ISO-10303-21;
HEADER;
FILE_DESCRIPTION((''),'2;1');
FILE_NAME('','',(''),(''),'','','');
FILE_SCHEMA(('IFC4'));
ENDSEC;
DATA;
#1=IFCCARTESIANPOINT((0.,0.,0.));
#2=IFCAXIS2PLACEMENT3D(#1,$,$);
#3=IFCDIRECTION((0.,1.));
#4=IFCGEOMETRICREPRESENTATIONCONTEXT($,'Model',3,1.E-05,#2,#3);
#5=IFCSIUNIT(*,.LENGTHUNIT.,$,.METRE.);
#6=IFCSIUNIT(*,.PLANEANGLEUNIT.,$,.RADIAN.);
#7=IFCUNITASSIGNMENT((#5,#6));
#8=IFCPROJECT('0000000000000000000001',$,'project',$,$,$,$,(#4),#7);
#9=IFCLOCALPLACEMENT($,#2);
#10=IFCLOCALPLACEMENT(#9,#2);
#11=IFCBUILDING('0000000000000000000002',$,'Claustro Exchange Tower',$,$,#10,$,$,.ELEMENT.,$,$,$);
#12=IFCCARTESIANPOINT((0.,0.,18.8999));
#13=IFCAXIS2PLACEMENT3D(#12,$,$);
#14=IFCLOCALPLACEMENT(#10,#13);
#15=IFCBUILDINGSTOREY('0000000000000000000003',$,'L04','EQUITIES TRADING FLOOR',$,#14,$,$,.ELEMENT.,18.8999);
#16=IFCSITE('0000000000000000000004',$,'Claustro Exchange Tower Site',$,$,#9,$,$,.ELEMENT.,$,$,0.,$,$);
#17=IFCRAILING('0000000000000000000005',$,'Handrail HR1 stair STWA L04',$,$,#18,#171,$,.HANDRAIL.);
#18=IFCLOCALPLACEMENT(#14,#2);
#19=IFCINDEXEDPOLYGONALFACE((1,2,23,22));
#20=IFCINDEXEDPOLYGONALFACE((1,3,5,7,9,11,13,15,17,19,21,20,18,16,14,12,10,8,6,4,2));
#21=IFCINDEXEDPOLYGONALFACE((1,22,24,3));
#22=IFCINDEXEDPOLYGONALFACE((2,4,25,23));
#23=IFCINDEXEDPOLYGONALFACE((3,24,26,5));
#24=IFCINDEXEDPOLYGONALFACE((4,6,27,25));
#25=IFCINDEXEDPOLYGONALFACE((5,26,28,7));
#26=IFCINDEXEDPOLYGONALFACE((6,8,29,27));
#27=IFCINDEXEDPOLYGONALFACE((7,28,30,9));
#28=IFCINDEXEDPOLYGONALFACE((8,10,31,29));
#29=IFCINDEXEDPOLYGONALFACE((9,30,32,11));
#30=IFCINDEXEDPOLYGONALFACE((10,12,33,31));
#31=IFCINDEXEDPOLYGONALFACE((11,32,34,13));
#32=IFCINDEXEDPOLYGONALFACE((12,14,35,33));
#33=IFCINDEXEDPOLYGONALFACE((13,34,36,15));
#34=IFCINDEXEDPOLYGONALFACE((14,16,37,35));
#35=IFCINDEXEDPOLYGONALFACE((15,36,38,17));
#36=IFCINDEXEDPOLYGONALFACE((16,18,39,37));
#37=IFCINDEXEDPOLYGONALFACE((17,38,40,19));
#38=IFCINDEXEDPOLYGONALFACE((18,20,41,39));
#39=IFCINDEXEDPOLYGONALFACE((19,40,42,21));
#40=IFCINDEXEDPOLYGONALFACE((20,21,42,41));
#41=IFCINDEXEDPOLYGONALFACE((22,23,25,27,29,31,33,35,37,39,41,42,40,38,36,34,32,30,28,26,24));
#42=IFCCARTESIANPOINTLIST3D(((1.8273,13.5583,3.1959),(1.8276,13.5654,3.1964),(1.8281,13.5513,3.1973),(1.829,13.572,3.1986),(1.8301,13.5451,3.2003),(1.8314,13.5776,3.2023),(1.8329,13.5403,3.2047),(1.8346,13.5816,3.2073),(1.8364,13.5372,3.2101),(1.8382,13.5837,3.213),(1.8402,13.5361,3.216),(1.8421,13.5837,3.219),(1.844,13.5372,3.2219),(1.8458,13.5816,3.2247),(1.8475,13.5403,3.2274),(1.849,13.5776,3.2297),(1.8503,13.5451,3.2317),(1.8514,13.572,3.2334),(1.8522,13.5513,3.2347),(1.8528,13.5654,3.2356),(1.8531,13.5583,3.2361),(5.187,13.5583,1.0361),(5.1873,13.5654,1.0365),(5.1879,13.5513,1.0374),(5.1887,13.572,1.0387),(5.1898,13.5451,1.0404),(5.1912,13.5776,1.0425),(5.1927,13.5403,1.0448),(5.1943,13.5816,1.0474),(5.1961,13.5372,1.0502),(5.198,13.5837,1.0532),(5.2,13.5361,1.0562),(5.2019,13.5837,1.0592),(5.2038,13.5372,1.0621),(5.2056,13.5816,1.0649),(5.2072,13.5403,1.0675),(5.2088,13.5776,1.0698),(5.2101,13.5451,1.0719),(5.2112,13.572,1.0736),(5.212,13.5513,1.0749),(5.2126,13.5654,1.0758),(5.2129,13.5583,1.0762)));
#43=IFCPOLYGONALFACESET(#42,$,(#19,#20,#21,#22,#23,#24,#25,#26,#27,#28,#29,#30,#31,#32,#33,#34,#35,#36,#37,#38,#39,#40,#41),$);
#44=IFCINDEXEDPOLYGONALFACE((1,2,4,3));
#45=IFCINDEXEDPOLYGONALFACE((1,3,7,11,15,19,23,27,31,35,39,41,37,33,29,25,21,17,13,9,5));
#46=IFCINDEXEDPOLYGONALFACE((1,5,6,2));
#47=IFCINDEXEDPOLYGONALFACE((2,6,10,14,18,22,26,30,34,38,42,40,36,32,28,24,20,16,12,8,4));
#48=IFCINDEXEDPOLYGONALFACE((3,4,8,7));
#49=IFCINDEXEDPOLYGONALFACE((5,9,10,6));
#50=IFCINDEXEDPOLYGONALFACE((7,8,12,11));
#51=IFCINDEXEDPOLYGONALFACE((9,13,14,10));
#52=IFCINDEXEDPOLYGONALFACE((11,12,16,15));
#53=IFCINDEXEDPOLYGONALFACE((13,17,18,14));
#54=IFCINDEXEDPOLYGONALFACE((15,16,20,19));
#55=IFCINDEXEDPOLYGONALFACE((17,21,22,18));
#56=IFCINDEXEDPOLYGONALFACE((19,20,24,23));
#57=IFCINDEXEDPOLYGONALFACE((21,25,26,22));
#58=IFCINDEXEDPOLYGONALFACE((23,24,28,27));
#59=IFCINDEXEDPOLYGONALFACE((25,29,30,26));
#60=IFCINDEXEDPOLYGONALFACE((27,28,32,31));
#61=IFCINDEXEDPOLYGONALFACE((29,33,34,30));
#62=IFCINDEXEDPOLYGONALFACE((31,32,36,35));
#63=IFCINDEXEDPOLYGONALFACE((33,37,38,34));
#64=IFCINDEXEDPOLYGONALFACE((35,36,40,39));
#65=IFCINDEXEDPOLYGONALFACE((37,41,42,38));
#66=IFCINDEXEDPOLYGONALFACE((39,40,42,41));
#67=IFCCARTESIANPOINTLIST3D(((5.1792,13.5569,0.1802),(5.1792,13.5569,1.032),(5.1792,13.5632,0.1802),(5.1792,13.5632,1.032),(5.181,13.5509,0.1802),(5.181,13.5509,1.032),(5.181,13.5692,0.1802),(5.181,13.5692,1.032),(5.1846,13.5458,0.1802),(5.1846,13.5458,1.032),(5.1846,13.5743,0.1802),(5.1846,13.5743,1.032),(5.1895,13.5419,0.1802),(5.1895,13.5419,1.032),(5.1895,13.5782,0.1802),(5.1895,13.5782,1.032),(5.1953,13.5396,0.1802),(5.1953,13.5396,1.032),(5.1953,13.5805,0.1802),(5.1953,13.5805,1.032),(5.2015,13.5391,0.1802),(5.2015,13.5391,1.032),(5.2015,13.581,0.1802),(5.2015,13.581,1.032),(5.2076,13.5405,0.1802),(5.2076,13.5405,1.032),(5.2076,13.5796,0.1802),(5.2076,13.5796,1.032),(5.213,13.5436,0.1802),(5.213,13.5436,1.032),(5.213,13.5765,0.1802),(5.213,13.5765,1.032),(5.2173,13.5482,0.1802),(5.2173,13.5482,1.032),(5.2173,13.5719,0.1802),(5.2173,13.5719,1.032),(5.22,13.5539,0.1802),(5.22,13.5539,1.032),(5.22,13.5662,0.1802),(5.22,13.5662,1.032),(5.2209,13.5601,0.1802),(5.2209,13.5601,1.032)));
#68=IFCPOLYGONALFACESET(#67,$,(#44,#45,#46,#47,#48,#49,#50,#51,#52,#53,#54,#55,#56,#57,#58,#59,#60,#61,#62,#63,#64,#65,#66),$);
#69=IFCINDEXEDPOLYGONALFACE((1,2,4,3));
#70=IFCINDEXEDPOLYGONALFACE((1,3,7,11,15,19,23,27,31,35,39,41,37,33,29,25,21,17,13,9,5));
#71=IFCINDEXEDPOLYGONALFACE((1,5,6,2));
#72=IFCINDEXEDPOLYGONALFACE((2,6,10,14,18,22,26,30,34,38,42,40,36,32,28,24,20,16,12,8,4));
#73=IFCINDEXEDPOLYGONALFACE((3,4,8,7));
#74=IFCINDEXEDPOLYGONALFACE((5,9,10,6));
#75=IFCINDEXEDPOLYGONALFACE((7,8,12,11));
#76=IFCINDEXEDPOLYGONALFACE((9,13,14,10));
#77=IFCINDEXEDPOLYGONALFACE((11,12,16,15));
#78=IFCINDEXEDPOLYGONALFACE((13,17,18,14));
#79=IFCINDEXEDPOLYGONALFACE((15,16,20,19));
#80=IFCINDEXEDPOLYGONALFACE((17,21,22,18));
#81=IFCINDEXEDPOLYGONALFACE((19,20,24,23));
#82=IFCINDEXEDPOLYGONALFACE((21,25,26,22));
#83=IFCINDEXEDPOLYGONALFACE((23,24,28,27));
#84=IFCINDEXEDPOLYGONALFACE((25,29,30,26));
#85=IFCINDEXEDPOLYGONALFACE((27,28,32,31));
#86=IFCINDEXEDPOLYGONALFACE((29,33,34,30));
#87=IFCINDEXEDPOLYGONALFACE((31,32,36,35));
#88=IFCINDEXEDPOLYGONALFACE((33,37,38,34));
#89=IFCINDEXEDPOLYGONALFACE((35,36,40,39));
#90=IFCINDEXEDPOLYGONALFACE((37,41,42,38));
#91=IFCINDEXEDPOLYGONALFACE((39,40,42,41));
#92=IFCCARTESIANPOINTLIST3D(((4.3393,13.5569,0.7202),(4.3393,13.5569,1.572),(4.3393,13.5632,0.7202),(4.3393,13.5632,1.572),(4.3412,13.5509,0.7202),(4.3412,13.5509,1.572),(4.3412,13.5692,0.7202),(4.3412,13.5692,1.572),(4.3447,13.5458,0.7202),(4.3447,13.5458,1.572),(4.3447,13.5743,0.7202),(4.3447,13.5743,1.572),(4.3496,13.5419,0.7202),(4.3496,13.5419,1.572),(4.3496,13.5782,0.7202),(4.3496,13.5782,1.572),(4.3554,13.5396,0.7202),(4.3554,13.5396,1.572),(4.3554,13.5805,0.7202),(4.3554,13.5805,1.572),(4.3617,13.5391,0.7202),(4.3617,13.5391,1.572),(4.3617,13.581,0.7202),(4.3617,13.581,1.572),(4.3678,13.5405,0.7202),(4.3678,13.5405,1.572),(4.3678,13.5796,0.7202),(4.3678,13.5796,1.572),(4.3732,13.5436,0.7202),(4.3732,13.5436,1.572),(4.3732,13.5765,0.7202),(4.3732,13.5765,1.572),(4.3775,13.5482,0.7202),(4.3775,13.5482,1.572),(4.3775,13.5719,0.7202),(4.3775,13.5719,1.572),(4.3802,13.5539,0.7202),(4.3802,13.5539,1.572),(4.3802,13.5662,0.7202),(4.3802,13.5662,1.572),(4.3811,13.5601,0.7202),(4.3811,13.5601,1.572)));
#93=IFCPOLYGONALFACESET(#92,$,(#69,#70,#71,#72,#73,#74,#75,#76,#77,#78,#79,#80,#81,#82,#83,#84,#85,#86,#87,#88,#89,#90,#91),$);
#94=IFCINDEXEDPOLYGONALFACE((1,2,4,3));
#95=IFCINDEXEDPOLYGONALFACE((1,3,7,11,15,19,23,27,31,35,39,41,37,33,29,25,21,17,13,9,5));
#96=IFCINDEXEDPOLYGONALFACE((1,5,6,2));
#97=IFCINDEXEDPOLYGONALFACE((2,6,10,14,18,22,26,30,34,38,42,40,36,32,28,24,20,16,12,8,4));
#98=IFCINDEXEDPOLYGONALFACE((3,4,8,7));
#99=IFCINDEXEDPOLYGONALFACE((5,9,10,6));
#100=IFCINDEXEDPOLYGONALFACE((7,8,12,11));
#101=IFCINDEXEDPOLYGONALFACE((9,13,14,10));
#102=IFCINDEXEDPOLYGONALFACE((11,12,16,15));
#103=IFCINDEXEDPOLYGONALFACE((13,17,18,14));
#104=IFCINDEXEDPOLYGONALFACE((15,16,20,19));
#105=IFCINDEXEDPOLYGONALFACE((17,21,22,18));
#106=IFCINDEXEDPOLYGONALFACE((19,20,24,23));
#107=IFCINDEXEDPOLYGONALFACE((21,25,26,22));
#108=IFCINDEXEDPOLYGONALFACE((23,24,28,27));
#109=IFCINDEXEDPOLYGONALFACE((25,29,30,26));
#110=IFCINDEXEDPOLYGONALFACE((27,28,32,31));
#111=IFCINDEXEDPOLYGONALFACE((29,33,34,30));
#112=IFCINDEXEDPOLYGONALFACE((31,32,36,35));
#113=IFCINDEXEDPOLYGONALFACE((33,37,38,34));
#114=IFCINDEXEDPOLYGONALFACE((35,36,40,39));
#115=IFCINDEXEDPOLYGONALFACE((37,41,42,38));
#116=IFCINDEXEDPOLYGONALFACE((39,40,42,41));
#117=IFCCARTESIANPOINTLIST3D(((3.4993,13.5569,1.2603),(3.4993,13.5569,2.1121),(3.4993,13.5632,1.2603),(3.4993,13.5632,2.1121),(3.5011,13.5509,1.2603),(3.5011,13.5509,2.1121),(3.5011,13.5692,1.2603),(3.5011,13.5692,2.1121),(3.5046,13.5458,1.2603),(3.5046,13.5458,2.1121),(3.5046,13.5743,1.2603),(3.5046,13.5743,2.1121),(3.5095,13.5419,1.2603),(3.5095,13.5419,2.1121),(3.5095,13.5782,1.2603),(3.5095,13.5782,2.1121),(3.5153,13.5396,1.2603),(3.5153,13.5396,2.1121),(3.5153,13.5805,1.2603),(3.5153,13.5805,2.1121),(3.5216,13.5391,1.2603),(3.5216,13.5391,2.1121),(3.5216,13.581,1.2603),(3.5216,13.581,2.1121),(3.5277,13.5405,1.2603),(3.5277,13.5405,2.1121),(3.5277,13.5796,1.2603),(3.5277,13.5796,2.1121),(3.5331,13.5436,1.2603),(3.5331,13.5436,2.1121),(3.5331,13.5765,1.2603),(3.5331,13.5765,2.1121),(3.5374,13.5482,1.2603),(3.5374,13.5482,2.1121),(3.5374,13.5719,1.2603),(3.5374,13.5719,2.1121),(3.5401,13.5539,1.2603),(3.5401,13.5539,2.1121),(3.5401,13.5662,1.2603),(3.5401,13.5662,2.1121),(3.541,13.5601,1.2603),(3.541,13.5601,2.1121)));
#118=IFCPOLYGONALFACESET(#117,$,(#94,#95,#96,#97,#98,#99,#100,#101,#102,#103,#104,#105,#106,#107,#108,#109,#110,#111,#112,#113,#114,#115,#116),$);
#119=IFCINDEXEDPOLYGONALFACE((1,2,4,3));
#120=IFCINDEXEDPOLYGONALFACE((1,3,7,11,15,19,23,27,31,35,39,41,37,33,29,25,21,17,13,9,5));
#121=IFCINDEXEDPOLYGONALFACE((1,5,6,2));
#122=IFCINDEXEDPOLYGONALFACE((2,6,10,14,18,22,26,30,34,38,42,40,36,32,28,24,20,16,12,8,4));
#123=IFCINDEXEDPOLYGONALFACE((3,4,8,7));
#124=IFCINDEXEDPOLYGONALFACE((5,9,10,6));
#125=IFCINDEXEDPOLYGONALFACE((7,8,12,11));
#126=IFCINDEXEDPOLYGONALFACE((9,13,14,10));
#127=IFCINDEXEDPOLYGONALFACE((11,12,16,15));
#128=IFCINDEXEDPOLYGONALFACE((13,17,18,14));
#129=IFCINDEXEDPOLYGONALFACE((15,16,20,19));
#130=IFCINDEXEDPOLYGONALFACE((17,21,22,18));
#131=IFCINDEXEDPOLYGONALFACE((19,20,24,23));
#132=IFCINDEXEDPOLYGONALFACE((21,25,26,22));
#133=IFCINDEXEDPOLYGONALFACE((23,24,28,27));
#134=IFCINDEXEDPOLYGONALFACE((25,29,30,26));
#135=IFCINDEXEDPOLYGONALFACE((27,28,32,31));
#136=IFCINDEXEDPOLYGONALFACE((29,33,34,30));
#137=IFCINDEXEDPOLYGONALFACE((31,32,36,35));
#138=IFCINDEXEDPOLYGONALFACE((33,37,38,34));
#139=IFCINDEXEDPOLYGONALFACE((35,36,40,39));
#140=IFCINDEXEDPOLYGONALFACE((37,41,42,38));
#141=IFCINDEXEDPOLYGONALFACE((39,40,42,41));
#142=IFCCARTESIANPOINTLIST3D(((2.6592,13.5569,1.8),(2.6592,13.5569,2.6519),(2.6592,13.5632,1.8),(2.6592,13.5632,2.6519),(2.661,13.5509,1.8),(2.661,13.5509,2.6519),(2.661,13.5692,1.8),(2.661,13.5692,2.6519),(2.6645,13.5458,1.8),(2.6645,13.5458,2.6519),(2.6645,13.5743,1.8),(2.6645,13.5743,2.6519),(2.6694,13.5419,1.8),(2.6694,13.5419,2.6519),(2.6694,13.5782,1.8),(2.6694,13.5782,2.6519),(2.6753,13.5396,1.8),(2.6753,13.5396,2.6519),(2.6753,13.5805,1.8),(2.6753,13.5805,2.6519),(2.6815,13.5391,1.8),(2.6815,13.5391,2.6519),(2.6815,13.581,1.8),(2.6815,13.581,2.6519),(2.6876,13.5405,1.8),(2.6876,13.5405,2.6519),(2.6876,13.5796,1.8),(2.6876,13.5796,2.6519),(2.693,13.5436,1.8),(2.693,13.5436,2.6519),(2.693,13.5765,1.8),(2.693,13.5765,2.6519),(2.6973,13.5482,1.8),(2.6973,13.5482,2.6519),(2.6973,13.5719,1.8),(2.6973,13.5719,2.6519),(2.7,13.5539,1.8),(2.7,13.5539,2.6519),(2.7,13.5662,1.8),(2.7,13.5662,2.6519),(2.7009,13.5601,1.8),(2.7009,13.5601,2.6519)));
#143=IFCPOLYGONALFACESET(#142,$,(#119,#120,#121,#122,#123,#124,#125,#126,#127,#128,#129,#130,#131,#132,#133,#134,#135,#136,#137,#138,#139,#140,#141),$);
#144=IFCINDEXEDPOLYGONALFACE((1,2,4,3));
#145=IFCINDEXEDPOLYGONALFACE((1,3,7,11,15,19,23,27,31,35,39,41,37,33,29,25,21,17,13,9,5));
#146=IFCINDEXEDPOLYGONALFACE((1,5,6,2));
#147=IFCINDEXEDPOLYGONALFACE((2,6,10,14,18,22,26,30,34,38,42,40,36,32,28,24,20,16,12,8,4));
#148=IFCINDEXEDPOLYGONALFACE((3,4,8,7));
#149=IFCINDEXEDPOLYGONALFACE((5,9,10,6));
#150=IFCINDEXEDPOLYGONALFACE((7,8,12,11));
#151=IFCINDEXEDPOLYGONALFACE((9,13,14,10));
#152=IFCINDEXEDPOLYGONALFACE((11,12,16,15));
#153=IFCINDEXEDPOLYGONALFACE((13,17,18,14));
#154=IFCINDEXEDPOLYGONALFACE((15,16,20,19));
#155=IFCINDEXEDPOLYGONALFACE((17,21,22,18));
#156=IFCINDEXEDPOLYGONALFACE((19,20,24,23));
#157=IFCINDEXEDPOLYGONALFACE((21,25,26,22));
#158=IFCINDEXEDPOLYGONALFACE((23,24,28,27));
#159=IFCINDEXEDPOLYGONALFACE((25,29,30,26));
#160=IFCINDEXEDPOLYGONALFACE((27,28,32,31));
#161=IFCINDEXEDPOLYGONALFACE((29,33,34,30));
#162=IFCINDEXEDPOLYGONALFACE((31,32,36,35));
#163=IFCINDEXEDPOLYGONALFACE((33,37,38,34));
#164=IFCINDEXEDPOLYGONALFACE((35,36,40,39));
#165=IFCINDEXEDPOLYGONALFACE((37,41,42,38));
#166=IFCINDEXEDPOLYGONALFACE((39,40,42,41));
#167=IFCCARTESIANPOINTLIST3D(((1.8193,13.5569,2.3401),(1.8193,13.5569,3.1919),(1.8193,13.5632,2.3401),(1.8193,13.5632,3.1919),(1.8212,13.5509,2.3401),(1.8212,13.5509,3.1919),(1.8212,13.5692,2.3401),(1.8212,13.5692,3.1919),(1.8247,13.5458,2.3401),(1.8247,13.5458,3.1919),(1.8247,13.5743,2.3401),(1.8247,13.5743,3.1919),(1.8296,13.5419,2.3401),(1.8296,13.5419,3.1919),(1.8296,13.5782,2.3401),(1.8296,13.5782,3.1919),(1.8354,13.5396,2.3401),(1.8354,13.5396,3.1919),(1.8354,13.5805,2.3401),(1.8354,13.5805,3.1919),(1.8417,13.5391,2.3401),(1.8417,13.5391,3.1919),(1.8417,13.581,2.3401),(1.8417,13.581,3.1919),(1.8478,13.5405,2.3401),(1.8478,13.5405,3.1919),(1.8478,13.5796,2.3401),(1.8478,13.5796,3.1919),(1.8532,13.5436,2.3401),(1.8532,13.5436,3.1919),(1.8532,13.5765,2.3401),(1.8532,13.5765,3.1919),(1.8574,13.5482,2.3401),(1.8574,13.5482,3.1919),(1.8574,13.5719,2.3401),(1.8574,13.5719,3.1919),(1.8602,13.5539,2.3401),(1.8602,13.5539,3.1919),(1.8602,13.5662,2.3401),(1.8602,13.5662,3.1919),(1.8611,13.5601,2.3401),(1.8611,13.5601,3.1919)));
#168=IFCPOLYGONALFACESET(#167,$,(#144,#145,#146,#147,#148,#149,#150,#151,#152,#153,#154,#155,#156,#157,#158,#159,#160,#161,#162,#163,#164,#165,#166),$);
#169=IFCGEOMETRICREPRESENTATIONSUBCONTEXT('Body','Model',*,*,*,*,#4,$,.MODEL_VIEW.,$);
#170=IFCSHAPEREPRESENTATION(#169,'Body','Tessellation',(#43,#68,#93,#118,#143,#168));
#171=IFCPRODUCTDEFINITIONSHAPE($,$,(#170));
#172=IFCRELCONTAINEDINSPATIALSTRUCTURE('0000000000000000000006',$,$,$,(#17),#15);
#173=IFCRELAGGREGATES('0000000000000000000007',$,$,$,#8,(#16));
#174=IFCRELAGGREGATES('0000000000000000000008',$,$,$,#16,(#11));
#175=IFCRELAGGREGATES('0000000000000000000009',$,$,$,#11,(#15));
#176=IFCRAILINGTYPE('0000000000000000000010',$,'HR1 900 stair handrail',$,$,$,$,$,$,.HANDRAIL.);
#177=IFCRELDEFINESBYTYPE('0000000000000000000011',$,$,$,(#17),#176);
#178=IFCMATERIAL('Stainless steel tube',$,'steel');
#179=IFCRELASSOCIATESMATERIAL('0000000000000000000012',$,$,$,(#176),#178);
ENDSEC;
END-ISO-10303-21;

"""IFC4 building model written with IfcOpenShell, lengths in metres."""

from ifc_helpers import new_model, si_unit, direction, frame, origin, origin_2d, place, context, subcontext, project, spatial, circle, extrude, material, type_object, element, save


model = new_model("IFC4")

# Units and contexts
model_context = context("Model", 3, precision=1e-05, world=origin(), true_north=direction((0.0, 1.0)))
body_context = subcontext(model_context, "Body", "Model", "MODEL_VIEW")
ifc_project = project(units=[si_unit("LENGTHUNIT", "METRE"), si_unit("PLANEANGLEUNIT", "RADIAN")], contexts=[model_context])

# Site, building, storey
site_placement = place(None, origin())
site = spatial("IfcSite", under=ifc_project, at=site_placement, Name="Claustro Exchange Tower Site", CompositionType="ELEMENT", RefElevation=0.0)
building_placement = place(site_placement, origin())
building = spatial("IfcBuilding", under=site, at=building_placement, Name="Claustro Exchange Tower", CompositionType="ELEMENT")
storey_placement = place(building_placement, frame((0.0, 0.0, 18.8999)))
storey = spatial("IfcBuildingStorey", under=building, at=storey_placement, Name="L04", Description="EQUITIES TRADING FLOOR", CompositionType="ELEMENT", Elevation=18.8999)

# Railing
ifc_material_1 = material(Name="Stainless steel tube", Category="steel")
railing_type_1 = type_object("IfcRailingType", Name="HR1 900 stair handrail", PredefinedType="HANDRAIL", material=ifc_material_1)
railing_1_placement = place(storey_placement, frame((5.2, 13.5601, 0.1802)))
element("IfcRailing", 1, at=railing_1_placement, inside=storey, type_object=railing_type_1, Name="Handrail HR1 stair STWA L04", PredefinedType="HANDRAIL", context=body_context, shape_type="SweptSolid", body=[
    extrude(circle(Radius=0.0239, at=origin_2d()), frame((0.0, 0.0, 0.876), z_axis=(-0.841178, 0.0, 0.540758), x_axis=(0.0, -1.0, 0.0)), (0.0, 0.0, 1.0), 3.9941),
    extrude(circle(Radius=0.021, at=origin_2d()), origin(), (0.0, 0.0, 1.0), 0.8518),
    extrude(circle(Radius=0.021, at=origin_2d()), frame((-0.8398, 0.0, 0.54)), (0.0, 0.0, 1.0), 0.8518),
    extrude(circle(Radius=0.021, at=origin_2d()), frame((-1.6799, 0.0, 1.0801)), (0.0, 0.0, 1.0), 0.8518),
    extrude(circle(Radius=0.021, at=origin_2d()), frame((-2.52, 0.0, 1.6199)), (0.0, 0.0, 1.0), 0.8518),
    extrude(circle(Radius=0.021, at=origin_2d()), frame((-3.3599, 0.0, 2.1599)), (0.0, 0.0, 1.0), 0.8518),
])

save(model, "model.ifc")
